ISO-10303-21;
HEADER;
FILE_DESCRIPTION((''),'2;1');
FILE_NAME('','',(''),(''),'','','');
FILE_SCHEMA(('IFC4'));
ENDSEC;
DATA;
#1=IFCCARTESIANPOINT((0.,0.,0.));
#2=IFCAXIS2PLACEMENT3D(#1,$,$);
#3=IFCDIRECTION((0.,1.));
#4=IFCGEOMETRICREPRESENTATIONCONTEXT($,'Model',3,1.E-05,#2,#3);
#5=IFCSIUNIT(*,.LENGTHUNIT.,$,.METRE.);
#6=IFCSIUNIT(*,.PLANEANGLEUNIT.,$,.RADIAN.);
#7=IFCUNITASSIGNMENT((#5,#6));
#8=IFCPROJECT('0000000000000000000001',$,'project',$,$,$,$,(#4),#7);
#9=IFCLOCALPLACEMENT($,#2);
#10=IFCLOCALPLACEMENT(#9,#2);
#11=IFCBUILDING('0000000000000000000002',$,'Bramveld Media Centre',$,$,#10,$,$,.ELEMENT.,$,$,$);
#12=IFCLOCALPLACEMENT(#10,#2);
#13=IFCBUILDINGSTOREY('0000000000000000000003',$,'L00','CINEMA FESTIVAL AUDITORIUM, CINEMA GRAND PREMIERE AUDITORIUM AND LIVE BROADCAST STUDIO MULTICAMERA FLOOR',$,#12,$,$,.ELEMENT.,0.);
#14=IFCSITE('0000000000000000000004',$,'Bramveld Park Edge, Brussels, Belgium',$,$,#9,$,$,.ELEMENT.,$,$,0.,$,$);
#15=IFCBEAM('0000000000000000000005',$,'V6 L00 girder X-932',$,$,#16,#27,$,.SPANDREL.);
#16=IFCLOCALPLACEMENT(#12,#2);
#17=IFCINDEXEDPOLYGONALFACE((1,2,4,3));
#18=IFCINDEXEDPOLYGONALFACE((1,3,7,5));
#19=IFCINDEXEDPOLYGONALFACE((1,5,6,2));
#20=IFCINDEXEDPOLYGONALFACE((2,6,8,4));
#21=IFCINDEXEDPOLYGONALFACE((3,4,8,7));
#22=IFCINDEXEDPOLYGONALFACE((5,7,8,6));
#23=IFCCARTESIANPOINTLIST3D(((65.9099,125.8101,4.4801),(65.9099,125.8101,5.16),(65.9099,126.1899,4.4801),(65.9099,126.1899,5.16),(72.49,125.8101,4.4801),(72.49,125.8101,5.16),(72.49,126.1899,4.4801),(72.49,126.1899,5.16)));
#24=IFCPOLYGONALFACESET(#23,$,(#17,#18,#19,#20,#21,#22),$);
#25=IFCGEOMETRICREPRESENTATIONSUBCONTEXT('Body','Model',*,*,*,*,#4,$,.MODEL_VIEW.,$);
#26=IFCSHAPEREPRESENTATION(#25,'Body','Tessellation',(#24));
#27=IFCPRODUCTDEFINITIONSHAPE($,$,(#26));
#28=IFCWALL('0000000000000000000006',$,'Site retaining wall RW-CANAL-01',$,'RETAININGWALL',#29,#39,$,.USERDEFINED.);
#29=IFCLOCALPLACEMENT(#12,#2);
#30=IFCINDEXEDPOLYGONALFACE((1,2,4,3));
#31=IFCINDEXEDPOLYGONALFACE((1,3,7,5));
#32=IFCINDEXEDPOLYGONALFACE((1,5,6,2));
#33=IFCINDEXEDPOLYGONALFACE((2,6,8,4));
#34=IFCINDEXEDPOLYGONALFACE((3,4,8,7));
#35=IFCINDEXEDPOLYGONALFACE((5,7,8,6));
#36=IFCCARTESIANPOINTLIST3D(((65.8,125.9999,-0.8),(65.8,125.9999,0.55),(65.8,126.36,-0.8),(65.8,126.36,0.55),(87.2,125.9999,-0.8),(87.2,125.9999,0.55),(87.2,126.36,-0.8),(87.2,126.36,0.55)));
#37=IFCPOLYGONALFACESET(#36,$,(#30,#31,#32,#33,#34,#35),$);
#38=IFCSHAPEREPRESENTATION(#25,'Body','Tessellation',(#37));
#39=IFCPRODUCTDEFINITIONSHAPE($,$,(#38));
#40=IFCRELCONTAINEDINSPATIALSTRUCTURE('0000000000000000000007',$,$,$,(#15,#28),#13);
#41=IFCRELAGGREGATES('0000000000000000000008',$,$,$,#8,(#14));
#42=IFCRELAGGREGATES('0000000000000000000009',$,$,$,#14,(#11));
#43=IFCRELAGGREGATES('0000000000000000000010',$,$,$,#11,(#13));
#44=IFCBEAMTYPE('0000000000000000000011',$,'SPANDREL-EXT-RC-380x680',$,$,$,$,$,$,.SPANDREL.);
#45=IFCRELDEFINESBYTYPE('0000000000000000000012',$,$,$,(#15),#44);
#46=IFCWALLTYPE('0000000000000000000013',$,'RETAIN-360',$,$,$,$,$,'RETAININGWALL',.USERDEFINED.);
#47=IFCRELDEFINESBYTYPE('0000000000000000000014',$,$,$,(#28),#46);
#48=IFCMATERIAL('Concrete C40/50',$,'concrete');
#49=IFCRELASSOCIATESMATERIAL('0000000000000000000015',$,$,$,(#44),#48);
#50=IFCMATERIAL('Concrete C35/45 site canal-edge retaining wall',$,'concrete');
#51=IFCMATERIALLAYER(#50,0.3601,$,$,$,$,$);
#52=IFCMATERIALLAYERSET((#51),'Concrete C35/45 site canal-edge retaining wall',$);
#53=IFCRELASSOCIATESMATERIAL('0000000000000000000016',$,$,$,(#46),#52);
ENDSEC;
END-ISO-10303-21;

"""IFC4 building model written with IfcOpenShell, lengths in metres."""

from ifc_helpers import new_model, si_unit, direction, frame, frame_2d, origin, origin_2d, place, context, subcontext, project, spatial, rectangle, extrude, material, layer, layer_set, material_profile, profile_set, type_object, element, save


model = new_model("IFC4")

# Units and contexts
model_context = context("Model", 3, precision=1e-05, world=origin(), true_north=direction((0.0, 1.0)))
body_context = subcontext(model_context, "Body", "Model", "MODEL_VIEW")
ifc_project = project(units=[si_unit("LENGTHUNIT", "METRE"), si_unit("PLANEANGLEUNIT", "RADIAN")], contexts=[model_context])

# Site, building, storey
site_placement = place(None, origin())
site = spatial("IfcSite", under=ifc_project, at=site_placement, Name="Bramveld Park Edge, Brussels, Belgium", CompositionType="ELEMENT", RefElevation=0.0)
building_placement = place(site_placement, origin())
building = spatial("IfcBuilding", under=site, at=building_placement, Name="Bramveld Media Centre", CompositionType="ELEMENT")
storey_placement = place(building_placement, origin())
storey = spatial("IfcBuildingStorey", under=building, at=storey_placement, Name="L00", Description="CINEMA FESTIVAL AUDITORIUM, CINEMA GRAND PREMIERE AUDITORIUM AND LIVE BROADCAST STUDIO MULTICAMERA FLOOR", CompositionType="ELEMENT", Elevation=0.0)

# Beam
ifc_material_1 = material(Name="Concrete C40/50", Category="concrete")
ifc_material_profile_1 = material_profile(ifc_material_1, rectangle(XDim=0.3799, YDim=0.6799, at=origin_2d()), Name="RC 380x680")
ifc_profile_set_1 = profile_set([ifc_material_profile_1], Name="Concrete C40/50")
beam_type_1 = type_object("IfcBeamType", Name="SPANDREL-EXT-RC-380x680", PredefinedType="SPANDREL", material=ifc_profile_set_1)
beam_1_placement = place(storey_placement, frame((65.9099, 126.0, 4.8201), z_axis=(1.0, 0.0, 0.0), x_axis=(0.0, 1.0, 0.0)))
element("IfcBeam", 1, at=beam_1_placement, inside=storey, type_object=beam_type_1, Name="V6 L00 girder X-932", PredefinedType="SPANDREL", context=body_context, shape_type="SweptSolid", body=[
    extrude(rectangle(XDim=0.3799, YDim=0.6799, at=origin_2d()), origin(), (0.0, 0.0, 1.0), 6.5801),
])

# Wall
ifc_material_2 = material(Name="Concrete C35/45 site canal-edge retaining wall", Category="concrete")
ifc_layer_1 = layer(ifc_material_2, 0.3601)
ifc_layer_set_1 = layer_set([ifc_layer_1], Name="Concrete C35/45 site canal-edge retaining wall")
wall_type_1 = type_object("IfcWallType", Name="RETAIN-360", ElementType="RETAININGWALL", PredefinedType="USERDEFINED", material=ifc_layer_set_1)
wall_1_placement = place(storey_placement, frame((65.8, 126.1799, -0.8), z_axis=(0.0, 0.0, 1.0), x_axis=(1.0, 0.0, 0.0)))
element("IfcWall", 2, at=wall_1_placement, inside=storey, type_object=wall_type_1, Name="Site retaining wall RW-CANAL-01", ObjectType="RETAININGWALL", PredefinedType="USERDEFINED", context=body_context, shape_type="SweptSolid", body=[
    extrude(rectangle(XDim=21.3999, YDim=0.3601, at=frame_2d((10.7, 0.0))), origin(), (0.0, 0.0, 1.0), 1.3501),
])

save(model, "model.ifc")
